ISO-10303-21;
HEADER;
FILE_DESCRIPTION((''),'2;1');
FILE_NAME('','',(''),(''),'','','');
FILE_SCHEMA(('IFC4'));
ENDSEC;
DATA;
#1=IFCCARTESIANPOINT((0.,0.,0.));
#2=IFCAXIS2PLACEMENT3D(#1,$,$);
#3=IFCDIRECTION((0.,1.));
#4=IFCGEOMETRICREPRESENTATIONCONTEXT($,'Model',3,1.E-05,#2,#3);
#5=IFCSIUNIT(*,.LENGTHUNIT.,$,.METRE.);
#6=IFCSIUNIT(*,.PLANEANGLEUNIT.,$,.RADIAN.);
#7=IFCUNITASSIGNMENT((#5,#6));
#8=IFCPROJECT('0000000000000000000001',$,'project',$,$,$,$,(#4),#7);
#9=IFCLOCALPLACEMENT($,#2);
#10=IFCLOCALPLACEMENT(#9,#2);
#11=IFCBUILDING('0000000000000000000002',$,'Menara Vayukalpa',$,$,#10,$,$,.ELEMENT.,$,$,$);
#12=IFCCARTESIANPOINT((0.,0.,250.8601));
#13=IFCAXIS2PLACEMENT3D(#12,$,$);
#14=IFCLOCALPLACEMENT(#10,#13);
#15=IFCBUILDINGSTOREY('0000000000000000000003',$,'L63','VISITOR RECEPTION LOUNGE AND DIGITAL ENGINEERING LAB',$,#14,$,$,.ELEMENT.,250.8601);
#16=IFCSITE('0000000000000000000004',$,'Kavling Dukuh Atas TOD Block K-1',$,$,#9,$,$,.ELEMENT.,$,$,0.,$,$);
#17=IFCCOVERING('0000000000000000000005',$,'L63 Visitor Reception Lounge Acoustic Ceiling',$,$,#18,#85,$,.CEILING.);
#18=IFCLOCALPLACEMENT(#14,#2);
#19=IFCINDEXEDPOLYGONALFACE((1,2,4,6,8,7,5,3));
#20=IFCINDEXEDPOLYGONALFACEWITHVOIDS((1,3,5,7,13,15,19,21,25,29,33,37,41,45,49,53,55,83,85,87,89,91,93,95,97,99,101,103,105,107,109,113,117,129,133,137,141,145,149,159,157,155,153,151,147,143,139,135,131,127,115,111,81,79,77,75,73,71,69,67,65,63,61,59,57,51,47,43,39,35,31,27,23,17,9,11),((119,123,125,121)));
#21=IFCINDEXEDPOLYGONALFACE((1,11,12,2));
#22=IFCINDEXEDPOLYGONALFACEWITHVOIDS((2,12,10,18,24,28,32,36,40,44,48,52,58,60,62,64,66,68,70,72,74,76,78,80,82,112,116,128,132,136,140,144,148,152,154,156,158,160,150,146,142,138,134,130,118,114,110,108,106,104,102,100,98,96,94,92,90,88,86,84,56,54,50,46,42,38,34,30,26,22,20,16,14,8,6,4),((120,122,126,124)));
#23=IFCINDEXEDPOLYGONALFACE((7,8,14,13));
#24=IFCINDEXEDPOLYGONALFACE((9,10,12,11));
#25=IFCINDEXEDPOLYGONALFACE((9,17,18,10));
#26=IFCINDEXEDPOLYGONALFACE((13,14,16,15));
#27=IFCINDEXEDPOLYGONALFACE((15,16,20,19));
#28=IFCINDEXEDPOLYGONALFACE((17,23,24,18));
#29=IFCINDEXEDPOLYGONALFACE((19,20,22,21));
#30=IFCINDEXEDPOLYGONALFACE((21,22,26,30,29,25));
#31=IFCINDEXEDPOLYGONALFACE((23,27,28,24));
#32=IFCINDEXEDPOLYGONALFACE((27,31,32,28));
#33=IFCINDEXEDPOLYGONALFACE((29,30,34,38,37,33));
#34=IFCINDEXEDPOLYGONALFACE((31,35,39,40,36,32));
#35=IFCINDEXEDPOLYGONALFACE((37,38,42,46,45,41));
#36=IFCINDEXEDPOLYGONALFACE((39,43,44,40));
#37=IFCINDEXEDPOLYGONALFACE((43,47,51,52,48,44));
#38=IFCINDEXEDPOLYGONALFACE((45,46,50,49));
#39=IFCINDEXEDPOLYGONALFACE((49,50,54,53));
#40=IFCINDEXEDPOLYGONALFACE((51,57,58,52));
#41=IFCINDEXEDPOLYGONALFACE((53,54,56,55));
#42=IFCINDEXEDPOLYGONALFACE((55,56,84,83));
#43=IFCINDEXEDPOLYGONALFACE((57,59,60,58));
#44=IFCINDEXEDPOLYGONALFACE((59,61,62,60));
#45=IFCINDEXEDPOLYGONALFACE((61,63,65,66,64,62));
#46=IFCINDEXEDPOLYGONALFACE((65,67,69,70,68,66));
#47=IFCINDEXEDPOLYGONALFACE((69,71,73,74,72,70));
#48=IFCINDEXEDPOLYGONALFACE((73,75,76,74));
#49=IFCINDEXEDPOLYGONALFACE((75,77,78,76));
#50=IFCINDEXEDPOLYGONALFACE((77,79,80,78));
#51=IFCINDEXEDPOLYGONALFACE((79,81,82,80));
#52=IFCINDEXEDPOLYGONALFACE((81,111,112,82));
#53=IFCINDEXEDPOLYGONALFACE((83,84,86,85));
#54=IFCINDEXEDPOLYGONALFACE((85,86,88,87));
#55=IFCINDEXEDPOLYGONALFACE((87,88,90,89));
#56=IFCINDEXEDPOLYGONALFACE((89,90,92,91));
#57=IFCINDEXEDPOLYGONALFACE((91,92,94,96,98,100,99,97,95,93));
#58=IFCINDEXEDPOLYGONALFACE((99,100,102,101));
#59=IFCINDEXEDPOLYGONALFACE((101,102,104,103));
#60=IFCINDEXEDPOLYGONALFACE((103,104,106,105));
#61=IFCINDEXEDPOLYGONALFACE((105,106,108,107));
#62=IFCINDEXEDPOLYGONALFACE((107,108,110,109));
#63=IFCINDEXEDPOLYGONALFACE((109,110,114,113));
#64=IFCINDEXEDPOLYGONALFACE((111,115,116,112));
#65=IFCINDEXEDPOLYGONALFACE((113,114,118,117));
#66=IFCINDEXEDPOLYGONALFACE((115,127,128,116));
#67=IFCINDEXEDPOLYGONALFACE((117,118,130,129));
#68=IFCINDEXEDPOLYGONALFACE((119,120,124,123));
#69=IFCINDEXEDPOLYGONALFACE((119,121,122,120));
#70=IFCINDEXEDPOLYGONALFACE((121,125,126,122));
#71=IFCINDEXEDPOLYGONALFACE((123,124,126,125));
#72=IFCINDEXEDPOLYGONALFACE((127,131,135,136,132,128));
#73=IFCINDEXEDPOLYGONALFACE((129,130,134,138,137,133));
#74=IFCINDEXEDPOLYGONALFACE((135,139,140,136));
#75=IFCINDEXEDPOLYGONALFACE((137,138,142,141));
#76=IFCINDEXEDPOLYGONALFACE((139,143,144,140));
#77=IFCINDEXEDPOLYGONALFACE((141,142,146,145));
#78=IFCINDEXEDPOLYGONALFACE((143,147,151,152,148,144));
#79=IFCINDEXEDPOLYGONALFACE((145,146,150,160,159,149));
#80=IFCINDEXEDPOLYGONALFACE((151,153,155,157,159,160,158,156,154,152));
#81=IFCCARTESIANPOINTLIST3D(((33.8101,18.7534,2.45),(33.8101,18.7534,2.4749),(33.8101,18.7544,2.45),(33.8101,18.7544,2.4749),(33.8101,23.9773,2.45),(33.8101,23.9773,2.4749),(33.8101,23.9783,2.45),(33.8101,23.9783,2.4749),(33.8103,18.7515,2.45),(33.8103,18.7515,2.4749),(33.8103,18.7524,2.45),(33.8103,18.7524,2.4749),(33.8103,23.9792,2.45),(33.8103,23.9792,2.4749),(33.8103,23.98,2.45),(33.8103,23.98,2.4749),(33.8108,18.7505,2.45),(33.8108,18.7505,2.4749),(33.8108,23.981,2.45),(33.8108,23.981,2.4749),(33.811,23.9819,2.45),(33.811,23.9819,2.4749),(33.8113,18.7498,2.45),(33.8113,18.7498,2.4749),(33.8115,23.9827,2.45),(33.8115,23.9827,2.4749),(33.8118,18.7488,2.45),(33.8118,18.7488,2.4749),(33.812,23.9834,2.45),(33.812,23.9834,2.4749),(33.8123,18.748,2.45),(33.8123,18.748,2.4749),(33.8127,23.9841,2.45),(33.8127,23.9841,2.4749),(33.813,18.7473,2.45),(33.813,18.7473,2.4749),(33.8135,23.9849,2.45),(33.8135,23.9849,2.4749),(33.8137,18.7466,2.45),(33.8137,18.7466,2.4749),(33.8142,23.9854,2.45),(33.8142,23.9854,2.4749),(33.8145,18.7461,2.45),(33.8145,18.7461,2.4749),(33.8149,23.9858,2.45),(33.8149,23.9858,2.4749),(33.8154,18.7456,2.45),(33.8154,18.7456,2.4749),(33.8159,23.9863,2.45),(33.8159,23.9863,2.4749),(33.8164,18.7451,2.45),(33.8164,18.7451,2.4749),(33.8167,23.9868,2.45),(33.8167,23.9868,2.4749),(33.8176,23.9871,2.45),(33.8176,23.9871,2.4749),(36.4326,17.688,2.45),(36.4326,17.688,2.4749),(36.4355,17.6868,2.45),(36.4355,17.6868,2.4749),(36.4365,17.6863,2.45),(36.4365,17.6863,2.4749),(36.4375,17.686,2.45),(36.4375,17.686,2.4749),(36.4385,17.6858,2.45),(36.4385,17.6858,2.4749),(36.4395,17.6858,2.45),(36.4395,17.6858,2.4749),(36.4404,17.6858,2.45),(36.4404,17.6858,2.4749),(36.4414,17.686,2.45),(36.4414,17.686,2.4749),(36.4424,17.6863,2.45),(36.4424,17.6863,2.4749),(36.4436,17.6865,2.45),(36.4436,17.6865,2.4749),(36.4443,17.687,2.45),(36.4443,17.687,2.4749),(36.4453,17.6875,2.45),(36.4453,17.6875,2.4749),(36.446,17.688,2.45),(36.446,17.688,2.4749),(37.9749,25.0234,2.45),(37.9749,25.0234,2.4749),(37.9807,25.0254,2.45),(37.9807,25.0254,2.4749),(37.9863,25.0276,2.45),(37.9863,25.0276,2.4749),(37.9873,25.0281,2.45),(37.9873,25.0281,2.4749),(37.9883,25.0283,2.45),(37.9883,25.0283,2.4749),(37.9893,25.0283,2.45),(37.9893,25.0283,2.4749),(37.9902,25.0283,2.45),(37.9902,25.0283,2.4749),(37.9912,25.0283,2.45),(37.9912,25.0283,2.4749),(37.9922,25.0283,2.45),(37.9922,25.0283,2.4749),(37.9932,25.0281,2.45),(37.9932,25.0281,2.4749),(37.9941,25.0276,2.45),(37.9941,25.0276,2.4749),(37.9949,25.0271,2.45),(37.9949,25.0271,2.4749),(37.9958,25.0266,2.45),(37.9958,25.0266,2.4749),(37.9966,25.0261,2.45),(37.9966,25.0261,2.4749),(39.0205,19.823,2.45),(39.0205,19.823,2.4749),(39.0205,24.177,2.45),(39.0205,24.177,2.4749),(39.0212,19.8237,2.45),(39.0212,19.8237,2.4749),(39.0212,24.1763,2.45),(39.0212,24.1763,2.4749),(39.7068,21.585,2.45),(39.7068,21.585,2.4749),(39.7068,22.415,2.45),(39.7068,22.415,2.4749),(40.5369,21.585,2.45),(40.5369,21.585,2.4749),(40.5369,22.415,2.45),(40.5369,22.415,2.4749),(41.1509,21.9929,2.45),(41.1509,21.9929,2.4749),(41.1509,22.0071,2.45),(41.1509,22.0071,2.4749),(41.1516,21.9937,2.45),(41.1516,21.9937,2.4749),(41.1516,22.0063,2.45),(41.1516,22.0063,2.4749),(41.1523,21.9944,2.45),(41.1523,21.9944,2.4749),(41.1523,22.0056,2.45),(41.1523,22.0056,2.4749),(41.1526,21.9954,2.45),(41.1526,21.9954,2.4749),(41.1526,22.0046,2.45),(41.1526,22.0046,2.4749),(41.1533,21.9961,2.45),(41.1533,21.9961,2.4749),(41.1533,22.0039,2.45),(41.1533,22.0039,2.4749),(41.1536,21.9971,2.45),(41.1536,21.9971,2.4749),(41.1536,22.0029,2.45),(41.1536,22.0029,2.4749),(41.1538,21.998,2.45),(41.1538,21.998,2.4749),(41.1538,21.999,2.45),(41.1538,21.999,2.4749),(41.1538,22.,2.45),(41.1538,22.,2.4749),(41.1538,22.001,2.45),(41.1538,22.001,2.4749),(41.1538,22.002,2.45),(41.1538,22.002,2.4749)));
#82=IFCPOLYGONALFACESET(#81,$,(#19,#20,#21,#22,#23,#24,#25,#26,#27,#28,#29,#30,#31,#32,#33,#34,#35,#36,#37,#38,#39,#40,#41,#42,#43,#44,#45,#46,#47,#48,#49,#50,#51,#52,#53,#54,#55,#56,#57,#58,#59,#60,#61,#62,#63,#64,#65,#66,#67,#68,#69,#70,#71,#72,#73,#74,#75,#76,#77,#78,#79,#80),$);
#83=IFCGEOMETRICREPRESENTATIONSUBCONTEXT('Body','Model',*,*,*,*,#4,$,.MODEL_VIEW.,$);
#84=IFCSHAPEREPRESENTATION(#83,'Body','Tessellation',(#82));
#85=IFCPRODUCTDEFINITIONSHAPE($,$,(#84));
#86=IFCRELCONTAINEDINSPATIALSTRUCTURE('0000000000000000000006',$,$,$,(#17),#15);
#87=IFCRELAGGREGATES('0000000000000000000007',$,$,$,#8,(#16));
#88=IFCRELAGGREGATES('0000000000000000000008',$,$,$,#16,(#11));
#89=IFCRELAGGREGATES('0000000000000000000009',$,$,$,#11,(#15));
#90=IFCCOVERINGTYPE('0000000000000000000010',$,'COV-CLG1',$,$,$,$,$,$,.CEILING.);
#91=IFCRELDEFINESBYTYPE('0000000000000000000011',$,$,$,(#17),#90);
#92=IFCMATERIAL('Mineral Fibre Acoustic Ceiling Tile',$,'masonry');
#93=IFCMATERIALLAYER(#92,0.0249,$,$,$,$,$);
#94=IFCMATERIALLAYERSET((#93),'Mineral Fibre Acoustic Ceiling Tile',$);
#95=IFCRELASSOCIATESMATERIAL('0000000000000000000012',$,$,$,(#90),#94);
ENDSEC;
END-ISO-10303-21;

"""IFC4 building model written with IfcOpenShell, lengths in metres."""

from ifc_helpers import new_model, si_unit, direction, frame, origin, place, context, subcontext, project, spatial, polyline, outline, extrude, material, layer, layer_set, type_object, element, save


model = new_model("IFC4")

# Units and contexts
model_context = context("Model", 3, precision=1e-05, world=origin(), true_north=direction((0.0, 1.0)))
body_context = subcontext(model_context, "Body", "Model", "MODEL_VIEW")
ifc_project = project(units=[si_unit("LENGTHUNIT", "METRE"), si_unit("PLANEANGLEUNIT", "RADIAN")], contexts=[model_context])

# Site, building, storey
site_placement = place(None, origin())
site = spatial("IfcSite", under=ifc_project, at=site_placement, Name="Kavling Dukuh Atas TOD Block K-1", CompositionType="ELEMENT", RefElevation=0.0)
building_placement = place(site_placement, origin())
building = spatial("IfcBuilding", under=site, at=building_placement, Name="Menara Vayukalpa", CompositionType="ELEMENT")
storey_placement = place(building_placement, frame((0.0, 0.0, 250.8601)))
storey = spatial("IfcBuildingStorey", under=building, at=storey_placement, Name="L63", Description="VISITOR RECEPTION LOUNGE AND DIGITAL ENGINEERING LAB", CompositionType="ELEMENT", Elevation=250.8601)

# Covering
ifc_material_1 = material(Name="Mineral Fibre Acoustic Ceiling Tile", Category="masonry")
ifc_layer_1 = layer(ifc_material_1, 0.0249)
ifc_layer_set_1 = layer_set([ifc_layer_1], Name="Mineral Fibre Acoustic Ceiling Tile")
covering_type_1 = type_object("IfcCoveringType", Name="COV-CLG1", PredefinedType="CEILING", material=ifc_layer_set_1)
covering_1_placement = place(storey_placement, frame((0.0, 0.0, 2.45)))
element("IfcCovering", 1, at=covering_1_placement, inside=storey, type_object=covering_type_1, Name="L63 Visitor Reception Lounge Acoustic Ceiling", PredefinedType="CEILING", context=body_context, shape_type="SweptSolid", body=[
    extrude(outline(polyline([(41.1509, 22.0071), (41.1516, 22.0063), (41.1523, 22.0056), (41.1526, 22.0046), (41.1533, 22.0039), (41.1536, 22.0029), (41.1538, 22.002), (41.1538, 22.001), (41.1538, 22.0), (41.1538, 21.999), (41.1538, 21.998), (41.1536, 21.9971), (41.1533, 21.9961), (41.1526, 21.9954), (41.1523, 21.9944), (41.1516, 21.9937), (41.1509, 21.9929), (39.0212, 19.8237), (39.0205, 19.823), (36.446, 17.688), (36.4453, 17.6875), (36.4443, 17.687), (36.4436, 17.6865), (36.4424, 17.6863), (36.4414, 17.686), (36.4404, 17.6858), (36.4395, 17.6858), (36.4385, 17.6858), (36.4375, 17.686), (36.4365, 17.6863), (36.4355, 17.6868), (36.4326, 17.688), (33.8164, 18.7451), (33.8154, 18.7456), (33.8145, 18.7461), (33.8137, 18.7466), (33.813, 18.7473), (33.8123, 18.748), (33.8118, 18.7488), (33.8113, 18.7498), (33.8108, 18.7505), (33.8103, 18.7515), (33.8103, 18.7524), (33.8101, 18.7534), (33.8101, 18.7544), (33.8101, 23.9773), (33.8101, 23.9783), (33.8103, 23.9792), (33.8103, 23.98), (33.8108, 23.981), (33.811, 23.9819), (33.8115, 23.9827), (33.812, 23.9834), (33.8127, 23.9841), (33.8135, 23.9849), (33.8142, 23.9854), (33.8149, 23.9858), (33.8159, 23.9863), (33.8167, 23.9868), (33.8176, 23.9871), (37.9749, 25.0234), (37.9807, 25.0254), (37.9863, 25.0276), (37.9873, 25.0281), (37.9883, 25.0283), (37.9893, 25.0283), (37.9902, 25.0283), (37.9912, 25.0283), (37.9922, 25.0283), (37.9932, 25.0281), (37.9941, 25.0276), (37.9949, 25.0271), (37.9958, 25.0266), (37.9966, 25.0261), (39.0205, 24.177), (39.0212, 24.1763), (41.1509, 22.0071)]), holes=[polyline([(40.5369, 22.415), (39.7068, 22.415), (39.7068, 21.585), (40.5369, 21.585), (40.5369, 22.415)])]), origin(), (0.0, 0.0, 1.0), 0.0249),
])

save(model, "model.ifc")
